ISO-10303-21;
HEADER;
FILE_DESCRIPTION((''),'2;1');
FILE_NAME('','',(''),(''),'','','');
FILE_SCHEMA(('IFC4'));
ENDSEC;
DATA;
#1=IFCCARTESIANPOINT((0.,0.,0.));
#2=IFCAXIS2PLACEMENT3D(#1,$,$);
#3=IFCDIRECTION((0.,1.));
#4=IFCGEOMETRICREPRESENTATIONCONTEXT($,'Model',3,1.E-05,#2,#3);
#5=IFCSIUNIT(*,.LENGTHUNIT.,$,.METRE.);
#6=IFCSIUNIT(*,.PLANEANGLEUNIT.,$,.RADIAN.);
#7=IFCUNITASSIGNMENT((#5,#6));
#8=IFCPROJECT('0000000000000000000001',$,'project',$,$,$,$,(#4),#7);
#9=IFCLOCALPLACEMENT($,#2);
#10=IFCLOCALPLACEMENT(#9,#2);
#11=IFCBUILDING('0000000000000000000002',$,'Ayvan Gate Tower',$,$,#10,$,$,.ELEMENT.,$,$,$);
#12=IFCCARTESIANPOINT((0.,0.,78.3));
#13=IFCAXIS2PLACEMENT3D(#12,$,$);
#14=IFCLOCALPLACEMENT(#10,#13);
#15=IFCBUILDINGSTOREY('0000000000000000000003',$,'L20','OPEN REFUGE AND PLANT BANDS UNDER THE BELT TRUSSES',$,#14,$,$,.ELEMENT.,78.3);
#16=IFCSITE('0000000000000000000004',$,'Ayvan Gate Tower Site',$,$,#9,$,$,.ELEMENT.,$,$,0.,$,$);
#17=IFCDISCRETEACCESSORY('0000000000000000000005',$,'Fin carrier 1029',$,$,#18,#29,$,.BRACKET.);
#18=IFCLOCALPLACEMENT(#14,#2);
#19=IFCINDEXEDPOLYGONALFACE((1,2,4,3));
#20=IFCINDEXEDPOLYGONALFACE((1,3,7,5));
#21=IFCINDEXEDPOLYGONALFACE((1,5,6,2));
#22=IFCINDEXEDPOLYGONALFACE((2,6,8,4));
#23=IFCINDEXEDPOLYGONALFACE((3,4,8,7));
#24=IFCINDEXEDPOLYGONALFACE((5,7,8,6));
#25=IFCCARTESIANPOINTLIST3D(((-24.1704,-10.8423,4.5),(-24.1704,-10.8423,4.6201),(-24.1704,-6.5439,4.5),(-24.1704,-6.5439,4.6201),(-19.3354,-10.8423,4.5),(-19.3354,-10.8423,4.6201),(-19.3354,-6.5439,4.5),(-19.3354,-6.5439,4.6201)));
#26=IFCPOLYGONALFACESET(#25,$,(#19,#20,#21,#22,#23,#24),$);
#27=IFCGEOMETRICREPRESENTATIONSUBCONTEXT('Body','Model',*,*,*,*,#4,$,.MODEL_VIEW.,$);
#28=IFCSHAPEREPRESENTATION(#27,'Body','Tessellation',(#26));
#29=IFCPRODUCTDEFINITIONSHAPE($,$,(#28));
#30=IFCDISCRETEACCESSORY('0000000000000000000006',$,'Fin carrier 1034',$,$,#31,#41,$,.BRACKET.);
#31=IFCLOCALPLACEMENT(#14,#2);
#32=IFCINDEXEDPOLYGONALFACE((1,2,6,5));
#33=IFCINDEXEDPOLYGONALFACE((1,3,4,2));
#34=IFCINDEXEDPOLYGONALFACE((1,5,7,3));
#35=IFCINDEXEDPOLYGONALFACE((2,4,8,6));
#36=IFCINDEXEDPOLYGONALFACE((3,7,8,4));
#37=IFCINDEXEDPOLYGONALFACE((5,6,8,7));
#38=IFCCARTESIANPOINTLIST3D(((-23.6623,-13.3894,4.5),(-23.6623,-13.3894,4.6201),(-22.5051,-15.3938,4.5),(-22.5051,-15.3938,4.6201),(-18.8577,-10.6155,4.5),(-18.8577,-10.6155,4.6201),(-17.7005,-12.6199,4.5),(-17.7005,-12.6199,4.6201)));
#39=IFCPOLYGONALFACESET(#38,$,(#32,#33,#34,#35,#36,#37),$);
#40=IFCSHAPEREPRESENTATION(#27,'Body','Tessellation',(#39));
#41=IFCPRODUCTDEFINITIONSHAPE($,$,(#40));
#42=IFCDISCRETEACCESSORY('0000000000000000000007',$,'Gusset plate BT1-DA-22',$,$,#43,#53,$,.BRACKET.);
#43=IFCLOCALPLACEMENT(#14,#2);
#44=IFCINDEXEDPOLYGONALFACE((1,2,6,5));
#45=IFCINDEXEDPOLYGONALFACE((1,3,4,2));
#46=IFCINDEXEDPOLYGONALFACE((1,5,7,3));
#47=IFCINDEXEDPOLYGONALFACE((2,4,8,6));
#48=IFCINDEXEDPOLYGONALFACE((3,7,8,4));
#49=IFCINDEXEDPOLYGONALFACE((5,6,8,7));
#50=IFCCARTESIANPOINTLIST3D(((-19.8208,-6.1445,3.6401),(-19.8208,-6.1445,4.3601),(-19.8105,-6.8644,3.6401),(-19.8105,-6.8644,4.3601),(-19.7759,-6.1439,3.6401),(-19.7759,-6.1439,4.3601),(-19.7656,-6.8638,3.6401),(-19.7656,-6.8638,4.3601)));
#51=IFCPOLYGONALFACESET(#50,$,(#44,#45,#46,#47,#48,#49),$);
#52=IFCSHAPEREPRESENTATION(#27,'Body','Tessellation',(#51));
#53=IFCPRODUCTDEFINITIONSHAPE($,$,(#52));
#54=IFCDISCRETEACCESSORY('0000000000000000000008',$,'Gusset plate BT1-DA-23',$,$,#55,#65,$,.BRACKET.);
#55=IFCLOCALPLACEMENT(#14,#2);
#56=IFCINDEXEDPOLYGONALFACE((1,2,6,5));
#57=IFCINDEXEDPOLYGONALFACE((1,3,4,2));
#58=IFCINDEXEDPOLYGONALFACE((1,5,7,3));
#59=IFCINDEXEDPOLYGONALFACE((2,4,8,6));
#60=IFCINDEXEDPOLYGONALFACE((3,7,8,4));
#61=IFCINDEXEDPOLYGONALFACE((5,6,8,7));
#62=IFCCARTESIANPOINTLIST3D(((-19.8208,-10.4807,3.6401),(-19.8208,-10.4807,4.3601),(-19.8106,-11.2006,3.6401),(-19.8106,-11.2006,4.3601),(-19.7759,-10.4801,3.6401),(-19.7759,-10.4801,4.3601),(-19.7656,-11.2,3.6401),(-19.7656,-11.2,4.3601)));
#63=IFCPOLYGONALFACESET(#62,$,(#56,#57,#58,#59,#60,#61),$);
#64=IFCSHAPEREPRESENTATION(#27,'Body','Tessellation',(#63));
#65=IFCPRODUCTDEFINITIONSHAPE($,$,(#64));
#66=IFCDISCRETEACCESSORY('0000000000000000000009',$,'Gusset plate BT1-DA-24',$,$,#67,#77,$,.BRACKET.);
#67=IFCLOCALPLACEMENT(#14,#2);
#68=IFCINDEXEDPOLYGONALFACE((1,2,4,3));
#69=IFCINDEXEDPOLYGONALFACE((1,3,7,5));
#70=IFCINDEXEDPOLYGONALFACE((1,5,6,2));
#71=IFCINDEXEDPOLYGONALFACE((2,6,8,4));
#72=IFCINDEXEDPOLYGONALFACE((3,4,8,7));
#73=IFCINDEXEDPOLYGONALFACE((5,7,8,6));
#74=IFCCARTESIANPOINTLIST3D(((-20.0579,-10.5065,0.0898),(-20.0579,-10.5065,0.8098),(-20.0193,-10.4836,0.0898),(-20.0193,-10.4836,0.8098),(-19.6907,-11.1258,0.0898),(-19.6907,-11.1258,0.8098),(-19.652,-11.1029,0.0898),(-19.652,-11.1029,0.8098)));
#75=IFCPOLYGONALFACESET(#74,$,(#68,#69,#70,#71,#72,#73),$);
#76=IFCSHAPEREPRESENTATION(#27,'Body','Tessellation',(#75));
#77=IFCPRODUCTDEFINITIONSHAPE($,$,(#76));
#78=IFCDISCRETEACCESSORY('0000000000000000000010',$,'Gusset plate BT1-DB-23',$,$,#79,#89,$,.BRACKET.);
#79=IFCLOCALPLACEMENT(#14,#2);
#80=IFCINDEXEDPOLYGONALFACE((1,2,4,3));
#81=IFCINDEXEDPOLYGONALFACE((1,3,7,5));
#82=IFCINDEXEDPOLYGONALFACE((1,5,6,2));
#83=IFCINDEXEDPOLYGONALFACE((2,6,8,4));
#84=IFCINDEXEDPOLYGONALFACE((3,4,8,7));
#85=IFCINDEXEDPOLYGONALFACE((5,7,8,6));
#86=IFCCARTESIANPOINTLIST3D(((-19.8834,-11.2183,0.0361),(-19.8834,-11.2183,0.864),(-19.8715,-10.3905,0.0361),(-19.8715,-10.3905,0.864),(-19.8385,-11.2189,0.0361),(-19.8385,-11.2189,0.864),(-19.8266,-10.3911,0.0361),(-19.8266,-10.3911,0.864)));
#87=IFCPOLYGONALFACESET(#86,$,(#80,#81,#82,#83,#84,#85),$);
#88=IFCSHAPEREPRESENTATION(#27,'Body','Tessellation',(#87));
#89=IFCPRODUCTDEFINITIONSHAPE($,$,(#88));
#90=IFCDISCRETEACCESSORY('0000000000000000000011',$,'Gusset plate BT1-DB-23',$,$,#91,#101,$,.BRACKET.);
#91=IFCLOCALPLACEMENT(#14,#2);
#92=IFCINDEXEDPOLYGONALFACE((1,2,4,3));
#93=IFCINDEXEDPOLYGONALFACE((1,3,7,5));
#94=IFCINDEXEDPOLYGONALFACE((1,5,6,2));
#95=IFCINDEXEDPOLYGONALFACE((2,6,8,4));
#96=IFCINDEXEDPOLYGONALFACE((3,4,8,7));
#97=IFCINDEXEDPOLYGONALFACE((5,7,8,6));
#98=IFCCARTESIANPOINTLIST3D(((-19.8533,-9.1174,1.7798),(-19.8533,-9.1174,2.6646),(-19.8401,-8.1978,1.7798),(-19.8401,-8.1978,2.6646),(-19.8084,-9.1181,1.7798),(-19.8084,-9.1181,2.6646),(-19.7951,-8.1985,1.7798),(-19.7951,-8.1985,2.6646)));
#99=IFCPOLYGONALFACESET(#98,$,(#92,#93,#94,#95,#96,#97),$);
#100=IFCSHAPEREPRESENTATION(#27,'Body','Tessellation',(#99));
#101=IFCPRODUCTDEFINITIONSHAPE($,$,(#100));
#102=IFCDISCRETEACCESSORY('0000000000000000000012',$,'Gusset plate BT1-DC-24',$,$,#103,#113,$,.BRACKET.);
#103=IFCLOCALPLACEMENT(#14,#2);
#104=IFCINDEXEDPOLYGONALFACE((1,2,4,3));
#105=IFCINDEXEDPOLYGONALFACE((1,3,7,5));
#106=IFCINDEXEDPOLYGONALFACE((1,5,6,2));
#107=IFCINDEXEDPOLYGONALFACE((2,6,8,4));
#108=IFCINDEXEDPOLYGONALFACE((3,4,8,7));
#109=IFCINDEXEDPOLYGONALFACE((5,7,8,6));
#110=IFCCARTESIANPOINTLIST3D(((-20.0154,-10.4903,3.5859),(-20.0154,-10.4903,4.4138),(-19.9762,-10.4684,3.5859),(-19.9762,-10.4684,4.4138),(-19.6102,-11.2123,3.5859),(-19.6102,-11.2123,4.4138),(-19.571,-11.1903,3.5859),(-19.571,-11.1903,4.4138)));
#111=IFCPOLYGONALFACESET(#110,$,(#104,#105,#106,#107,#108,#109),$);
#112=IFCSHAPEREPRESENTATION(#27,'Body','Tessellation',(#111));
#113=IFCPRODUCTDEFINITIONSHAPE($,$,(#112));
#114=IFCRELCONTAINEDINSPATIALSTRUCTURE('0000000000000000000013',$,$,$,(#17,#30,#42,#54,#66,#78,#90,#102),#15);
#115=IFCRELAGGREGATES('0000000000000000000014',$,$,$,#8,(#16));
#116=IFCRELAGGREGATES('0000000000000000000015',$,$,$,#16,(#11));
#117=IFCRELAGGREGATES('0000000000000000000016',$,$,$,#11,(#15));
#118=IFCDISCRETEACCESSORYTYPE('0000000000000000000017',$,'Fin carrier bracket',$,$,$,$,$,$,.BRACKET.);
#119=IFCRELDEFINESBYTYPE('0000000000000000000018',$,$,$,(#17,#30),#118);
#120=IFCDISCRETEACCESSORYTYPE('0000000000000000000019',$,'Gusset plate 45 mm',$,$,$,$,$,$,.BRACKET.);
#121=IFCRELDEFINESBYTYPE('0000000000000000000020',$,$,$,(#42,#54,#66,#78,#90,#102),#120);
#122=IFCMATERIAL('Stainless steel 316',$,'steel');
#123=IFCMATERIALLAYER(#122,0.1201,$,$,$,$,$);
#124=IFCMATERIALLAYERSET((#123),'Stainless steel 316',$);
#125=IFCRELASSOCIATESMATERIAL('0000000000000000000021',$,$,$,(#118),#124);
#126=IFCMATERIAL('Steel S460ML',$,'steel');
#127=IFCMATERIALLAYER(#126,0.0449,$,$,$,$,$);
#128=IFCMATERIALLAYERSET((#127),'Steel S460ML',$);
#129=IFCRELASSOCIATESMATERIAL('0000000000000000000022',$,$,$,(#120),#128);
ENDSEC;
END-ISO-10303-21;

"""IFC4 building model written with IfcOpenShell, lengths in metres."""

from ifc_helpers import new_model, si_unit, direction, frame, origin, origin_2d, place, context, subcontext, project, spatial, rectangle, extrude, material, layer, layer_set, type_object, element, save


model = new_model("IFC4")

# Units and contexts
model_context = context("Model", 3, precision=1e-05, world=origin(), true_north=direction((0.0, 1.0)))
body_context = subcontext(model_context, "Body", "Model", "MODEL_VIEW")
ifc_project = project(units=[si_unit("LENGTHUNIT", "METRE"), si_unit("PLANEANGLEUNIT", "RADIAN")], contexts=[model_context])

# Site, building, storey
site_placement = place(None, origin())
site = spatial("IfcSite", under=ifc_project, at=site_placement, Name="Ayvan Gate Tower Site", CompositionType="ELEMENT", RefElevation=0.0)
building_placement = place(site_placement, origin())
building = spatial("IfcBuilding", under=site, at=building_placement, Name="Ayvan Gate Tower", CompositionType="ELEMENT")
storey_placement = place(building_placement, frame((0.0, 0.0, 78.3)))
storey = spatial("IfcBuildingStorey", under=building, at=storey_placement, Name="L20", Description="OPEN REFUGE AND PLANT BANDS UNDER THE BELT TRUSSES", CompositionType="ELEMENT", Elevation=78.3)

# Shared definitions
ifc_material_1 = material(Name="Steel S460ML", Category="steel")

# Discrete accessories
ifc_material_2 = material(Name="Stainless steel 316", Category="steel")
ifc_layer_1 = layer(ifc_material_2, 0.1201)
ifc_layer_set_1 = layer_set([ifc_layer_1], Name="Stainless steel 316")
discrete_accessory_type_1 = type_object("IfcDiscreteAccessoryType", Name="Fin carrier bracket", PredefinedType="BRACKET", material=ifc_layer_set_1)
discrete_accessory_1_placement = place(storey_placement, frame((-21.7529, -8.6931, 4.5), z_axis=(0.0, 0.0, 1.0), x_axis=(0.0, -1.0, 0.0)))
element("IfcDiscreteAccessory", 1, at=discrete_accessory_1_placement, inside=storey, type_object=discrete_accessory_type_1, Name="Fin carrier 1029", PredefinedType="BRACKET", context=body_context, shape_type="SweptSolid", body=[
    extrude(rectangle(XDim=4.2983, YDim=4.835, at=origin_2d()), origin(), (0.0, 0.0, 1.0), 0.1201),
])
discrete_accessory_2_placement = place(storey_placement, frame((-20.6814, -13.0046, 4.5), z_axis=(0.0, 0.0, 1.0), x_axis=(0.5, -0.866025, 0.0)))
element("IfcDiscreteAccessory", 2, at=discrete_accessory_2_placement, inside=storey, type_object=discrete_accessory_type_1, Name="Fin carrier 1034", PredefinedType="BRACKET", context=body_context, shape_type="SweptSolid", body=[
    extrude(rectangle(XDim=2.3145, YDim=5.5479, at=origin_2d()), origin(), (0.0, 0.0, 1.0), 0.1201),
])
ifc_layer_2 = layer(ifc_material_1, 0.0449)
ifc_layer_set_2 = layer_set([ifc_layer_2], Name="Steel S460ML")
discrete_accessory_type_2 = type_object("IfcDiscreteAccessoryType", Name="Gusset plate 45 mm", PredefinedType="BRACKET", material=ifc_layer_set_2)
for number, where, z_axis, x_axis, name in (
    (3, (-19.7932, -6.5042, 3.6401), (0.0, 0.0, 1.0), (-0.014266, 0.999898, 0.0), "Gusset plate BT1-DA-22"),
    (4, (-19.7932, -10.8403, 3.6401), (0.0, 0.0, 1.0), (-0.014219, 0.999899, 0.0), "Gusset plate BT1-DA-23"),
    (5, (-19.855, -10.8047, 0.0898), (0.0, 0.0, 1.0), (-0.510084, 0.860125, 0.0), "Gusset plate BT1-DA-24"),
):
    element("IfcDiscreteAccessory", number, at=place(storey_placement, frame(where, z_axis=z_axis, x_axis=x_axis)), inside=storey, type_object=discrete_accessory_type_2, Name=name, PredefinedType="BRACKET", context=body_context, shape_type="SweptSolid", body=[
        extrude(rectangle(XDim=0.72, YDim=0.0449, at=origin_2d()), origin(), (0.0, 0.0, 1.0), 0.72),
    ])
discrete_accessory_3_placement = place(storey_placement, frame((-19.855, -10.8047, 0.0361), z_axis=(0.0, 0.0, 1.0), x_axis=(0.014407, 0.999896, 0.0)))
element("IfcDiscreteAccessory", 6, at=discrete_accessory_3_placement, inside=storey, type_object=discrete_accessory_type_2, Name="Gusset plate BT1-DB-23", PredefinedType="BRACKET", context=body_context, shape_type="SweptSolid", body=[
    extrude(rectangle(XDim=0.8279, YDim=0.0449, at=origin_2d()), origin(), (0.0, 0.0, 1.0), 0.8279),
])
discrete_accessory_4_placement = place(storey_placement, frame((-19.8242, -8.658, 1.7798), z_axis=(0.0, 0.0, 1.0), x_axis=(0.014407, 0.999896, 0.0)))
element("IfcDiscreteAccessory", 7, at=discrete_accessory_4_placement, inside=storey, type_object=discrete_accessory_type_2, Name="Gusset plate BT1-DB-23", PredefinedType="BRACKET", context=body_context, shape_type="SweptSolid", body=[
    extrude(rectangle(XDim=0.9197, YDim=0.0449, at=origin_2d()), origin(), (0.0, 0.0, 1.0), 0.8848),
])
discrete_accessory_5_placement = place(storey_placement, frame((-19.7932, -10.8403, 3.5859), z_axis=(0.0, 0.0, 1.0), x_axis=(-0.489419, 0.872049, 0.0)))
element("IfcDiscreteAccessory", 8, at=discrete_accessory_5_placement, inside=storey, type_object=discrete_accessory_type_2, Name="Gusset plate BT1-DC-24", PredefinedType="BRACKET", context=body_context, shape_type="SweptSolid", body=[
    extrude(rectangle(XDim=0.8279, YDim=0.0449, at=origin_2d()), origin(), (0.0, 0.0, 1.0), 0.8279),
])

save(model, "model.ifc")
